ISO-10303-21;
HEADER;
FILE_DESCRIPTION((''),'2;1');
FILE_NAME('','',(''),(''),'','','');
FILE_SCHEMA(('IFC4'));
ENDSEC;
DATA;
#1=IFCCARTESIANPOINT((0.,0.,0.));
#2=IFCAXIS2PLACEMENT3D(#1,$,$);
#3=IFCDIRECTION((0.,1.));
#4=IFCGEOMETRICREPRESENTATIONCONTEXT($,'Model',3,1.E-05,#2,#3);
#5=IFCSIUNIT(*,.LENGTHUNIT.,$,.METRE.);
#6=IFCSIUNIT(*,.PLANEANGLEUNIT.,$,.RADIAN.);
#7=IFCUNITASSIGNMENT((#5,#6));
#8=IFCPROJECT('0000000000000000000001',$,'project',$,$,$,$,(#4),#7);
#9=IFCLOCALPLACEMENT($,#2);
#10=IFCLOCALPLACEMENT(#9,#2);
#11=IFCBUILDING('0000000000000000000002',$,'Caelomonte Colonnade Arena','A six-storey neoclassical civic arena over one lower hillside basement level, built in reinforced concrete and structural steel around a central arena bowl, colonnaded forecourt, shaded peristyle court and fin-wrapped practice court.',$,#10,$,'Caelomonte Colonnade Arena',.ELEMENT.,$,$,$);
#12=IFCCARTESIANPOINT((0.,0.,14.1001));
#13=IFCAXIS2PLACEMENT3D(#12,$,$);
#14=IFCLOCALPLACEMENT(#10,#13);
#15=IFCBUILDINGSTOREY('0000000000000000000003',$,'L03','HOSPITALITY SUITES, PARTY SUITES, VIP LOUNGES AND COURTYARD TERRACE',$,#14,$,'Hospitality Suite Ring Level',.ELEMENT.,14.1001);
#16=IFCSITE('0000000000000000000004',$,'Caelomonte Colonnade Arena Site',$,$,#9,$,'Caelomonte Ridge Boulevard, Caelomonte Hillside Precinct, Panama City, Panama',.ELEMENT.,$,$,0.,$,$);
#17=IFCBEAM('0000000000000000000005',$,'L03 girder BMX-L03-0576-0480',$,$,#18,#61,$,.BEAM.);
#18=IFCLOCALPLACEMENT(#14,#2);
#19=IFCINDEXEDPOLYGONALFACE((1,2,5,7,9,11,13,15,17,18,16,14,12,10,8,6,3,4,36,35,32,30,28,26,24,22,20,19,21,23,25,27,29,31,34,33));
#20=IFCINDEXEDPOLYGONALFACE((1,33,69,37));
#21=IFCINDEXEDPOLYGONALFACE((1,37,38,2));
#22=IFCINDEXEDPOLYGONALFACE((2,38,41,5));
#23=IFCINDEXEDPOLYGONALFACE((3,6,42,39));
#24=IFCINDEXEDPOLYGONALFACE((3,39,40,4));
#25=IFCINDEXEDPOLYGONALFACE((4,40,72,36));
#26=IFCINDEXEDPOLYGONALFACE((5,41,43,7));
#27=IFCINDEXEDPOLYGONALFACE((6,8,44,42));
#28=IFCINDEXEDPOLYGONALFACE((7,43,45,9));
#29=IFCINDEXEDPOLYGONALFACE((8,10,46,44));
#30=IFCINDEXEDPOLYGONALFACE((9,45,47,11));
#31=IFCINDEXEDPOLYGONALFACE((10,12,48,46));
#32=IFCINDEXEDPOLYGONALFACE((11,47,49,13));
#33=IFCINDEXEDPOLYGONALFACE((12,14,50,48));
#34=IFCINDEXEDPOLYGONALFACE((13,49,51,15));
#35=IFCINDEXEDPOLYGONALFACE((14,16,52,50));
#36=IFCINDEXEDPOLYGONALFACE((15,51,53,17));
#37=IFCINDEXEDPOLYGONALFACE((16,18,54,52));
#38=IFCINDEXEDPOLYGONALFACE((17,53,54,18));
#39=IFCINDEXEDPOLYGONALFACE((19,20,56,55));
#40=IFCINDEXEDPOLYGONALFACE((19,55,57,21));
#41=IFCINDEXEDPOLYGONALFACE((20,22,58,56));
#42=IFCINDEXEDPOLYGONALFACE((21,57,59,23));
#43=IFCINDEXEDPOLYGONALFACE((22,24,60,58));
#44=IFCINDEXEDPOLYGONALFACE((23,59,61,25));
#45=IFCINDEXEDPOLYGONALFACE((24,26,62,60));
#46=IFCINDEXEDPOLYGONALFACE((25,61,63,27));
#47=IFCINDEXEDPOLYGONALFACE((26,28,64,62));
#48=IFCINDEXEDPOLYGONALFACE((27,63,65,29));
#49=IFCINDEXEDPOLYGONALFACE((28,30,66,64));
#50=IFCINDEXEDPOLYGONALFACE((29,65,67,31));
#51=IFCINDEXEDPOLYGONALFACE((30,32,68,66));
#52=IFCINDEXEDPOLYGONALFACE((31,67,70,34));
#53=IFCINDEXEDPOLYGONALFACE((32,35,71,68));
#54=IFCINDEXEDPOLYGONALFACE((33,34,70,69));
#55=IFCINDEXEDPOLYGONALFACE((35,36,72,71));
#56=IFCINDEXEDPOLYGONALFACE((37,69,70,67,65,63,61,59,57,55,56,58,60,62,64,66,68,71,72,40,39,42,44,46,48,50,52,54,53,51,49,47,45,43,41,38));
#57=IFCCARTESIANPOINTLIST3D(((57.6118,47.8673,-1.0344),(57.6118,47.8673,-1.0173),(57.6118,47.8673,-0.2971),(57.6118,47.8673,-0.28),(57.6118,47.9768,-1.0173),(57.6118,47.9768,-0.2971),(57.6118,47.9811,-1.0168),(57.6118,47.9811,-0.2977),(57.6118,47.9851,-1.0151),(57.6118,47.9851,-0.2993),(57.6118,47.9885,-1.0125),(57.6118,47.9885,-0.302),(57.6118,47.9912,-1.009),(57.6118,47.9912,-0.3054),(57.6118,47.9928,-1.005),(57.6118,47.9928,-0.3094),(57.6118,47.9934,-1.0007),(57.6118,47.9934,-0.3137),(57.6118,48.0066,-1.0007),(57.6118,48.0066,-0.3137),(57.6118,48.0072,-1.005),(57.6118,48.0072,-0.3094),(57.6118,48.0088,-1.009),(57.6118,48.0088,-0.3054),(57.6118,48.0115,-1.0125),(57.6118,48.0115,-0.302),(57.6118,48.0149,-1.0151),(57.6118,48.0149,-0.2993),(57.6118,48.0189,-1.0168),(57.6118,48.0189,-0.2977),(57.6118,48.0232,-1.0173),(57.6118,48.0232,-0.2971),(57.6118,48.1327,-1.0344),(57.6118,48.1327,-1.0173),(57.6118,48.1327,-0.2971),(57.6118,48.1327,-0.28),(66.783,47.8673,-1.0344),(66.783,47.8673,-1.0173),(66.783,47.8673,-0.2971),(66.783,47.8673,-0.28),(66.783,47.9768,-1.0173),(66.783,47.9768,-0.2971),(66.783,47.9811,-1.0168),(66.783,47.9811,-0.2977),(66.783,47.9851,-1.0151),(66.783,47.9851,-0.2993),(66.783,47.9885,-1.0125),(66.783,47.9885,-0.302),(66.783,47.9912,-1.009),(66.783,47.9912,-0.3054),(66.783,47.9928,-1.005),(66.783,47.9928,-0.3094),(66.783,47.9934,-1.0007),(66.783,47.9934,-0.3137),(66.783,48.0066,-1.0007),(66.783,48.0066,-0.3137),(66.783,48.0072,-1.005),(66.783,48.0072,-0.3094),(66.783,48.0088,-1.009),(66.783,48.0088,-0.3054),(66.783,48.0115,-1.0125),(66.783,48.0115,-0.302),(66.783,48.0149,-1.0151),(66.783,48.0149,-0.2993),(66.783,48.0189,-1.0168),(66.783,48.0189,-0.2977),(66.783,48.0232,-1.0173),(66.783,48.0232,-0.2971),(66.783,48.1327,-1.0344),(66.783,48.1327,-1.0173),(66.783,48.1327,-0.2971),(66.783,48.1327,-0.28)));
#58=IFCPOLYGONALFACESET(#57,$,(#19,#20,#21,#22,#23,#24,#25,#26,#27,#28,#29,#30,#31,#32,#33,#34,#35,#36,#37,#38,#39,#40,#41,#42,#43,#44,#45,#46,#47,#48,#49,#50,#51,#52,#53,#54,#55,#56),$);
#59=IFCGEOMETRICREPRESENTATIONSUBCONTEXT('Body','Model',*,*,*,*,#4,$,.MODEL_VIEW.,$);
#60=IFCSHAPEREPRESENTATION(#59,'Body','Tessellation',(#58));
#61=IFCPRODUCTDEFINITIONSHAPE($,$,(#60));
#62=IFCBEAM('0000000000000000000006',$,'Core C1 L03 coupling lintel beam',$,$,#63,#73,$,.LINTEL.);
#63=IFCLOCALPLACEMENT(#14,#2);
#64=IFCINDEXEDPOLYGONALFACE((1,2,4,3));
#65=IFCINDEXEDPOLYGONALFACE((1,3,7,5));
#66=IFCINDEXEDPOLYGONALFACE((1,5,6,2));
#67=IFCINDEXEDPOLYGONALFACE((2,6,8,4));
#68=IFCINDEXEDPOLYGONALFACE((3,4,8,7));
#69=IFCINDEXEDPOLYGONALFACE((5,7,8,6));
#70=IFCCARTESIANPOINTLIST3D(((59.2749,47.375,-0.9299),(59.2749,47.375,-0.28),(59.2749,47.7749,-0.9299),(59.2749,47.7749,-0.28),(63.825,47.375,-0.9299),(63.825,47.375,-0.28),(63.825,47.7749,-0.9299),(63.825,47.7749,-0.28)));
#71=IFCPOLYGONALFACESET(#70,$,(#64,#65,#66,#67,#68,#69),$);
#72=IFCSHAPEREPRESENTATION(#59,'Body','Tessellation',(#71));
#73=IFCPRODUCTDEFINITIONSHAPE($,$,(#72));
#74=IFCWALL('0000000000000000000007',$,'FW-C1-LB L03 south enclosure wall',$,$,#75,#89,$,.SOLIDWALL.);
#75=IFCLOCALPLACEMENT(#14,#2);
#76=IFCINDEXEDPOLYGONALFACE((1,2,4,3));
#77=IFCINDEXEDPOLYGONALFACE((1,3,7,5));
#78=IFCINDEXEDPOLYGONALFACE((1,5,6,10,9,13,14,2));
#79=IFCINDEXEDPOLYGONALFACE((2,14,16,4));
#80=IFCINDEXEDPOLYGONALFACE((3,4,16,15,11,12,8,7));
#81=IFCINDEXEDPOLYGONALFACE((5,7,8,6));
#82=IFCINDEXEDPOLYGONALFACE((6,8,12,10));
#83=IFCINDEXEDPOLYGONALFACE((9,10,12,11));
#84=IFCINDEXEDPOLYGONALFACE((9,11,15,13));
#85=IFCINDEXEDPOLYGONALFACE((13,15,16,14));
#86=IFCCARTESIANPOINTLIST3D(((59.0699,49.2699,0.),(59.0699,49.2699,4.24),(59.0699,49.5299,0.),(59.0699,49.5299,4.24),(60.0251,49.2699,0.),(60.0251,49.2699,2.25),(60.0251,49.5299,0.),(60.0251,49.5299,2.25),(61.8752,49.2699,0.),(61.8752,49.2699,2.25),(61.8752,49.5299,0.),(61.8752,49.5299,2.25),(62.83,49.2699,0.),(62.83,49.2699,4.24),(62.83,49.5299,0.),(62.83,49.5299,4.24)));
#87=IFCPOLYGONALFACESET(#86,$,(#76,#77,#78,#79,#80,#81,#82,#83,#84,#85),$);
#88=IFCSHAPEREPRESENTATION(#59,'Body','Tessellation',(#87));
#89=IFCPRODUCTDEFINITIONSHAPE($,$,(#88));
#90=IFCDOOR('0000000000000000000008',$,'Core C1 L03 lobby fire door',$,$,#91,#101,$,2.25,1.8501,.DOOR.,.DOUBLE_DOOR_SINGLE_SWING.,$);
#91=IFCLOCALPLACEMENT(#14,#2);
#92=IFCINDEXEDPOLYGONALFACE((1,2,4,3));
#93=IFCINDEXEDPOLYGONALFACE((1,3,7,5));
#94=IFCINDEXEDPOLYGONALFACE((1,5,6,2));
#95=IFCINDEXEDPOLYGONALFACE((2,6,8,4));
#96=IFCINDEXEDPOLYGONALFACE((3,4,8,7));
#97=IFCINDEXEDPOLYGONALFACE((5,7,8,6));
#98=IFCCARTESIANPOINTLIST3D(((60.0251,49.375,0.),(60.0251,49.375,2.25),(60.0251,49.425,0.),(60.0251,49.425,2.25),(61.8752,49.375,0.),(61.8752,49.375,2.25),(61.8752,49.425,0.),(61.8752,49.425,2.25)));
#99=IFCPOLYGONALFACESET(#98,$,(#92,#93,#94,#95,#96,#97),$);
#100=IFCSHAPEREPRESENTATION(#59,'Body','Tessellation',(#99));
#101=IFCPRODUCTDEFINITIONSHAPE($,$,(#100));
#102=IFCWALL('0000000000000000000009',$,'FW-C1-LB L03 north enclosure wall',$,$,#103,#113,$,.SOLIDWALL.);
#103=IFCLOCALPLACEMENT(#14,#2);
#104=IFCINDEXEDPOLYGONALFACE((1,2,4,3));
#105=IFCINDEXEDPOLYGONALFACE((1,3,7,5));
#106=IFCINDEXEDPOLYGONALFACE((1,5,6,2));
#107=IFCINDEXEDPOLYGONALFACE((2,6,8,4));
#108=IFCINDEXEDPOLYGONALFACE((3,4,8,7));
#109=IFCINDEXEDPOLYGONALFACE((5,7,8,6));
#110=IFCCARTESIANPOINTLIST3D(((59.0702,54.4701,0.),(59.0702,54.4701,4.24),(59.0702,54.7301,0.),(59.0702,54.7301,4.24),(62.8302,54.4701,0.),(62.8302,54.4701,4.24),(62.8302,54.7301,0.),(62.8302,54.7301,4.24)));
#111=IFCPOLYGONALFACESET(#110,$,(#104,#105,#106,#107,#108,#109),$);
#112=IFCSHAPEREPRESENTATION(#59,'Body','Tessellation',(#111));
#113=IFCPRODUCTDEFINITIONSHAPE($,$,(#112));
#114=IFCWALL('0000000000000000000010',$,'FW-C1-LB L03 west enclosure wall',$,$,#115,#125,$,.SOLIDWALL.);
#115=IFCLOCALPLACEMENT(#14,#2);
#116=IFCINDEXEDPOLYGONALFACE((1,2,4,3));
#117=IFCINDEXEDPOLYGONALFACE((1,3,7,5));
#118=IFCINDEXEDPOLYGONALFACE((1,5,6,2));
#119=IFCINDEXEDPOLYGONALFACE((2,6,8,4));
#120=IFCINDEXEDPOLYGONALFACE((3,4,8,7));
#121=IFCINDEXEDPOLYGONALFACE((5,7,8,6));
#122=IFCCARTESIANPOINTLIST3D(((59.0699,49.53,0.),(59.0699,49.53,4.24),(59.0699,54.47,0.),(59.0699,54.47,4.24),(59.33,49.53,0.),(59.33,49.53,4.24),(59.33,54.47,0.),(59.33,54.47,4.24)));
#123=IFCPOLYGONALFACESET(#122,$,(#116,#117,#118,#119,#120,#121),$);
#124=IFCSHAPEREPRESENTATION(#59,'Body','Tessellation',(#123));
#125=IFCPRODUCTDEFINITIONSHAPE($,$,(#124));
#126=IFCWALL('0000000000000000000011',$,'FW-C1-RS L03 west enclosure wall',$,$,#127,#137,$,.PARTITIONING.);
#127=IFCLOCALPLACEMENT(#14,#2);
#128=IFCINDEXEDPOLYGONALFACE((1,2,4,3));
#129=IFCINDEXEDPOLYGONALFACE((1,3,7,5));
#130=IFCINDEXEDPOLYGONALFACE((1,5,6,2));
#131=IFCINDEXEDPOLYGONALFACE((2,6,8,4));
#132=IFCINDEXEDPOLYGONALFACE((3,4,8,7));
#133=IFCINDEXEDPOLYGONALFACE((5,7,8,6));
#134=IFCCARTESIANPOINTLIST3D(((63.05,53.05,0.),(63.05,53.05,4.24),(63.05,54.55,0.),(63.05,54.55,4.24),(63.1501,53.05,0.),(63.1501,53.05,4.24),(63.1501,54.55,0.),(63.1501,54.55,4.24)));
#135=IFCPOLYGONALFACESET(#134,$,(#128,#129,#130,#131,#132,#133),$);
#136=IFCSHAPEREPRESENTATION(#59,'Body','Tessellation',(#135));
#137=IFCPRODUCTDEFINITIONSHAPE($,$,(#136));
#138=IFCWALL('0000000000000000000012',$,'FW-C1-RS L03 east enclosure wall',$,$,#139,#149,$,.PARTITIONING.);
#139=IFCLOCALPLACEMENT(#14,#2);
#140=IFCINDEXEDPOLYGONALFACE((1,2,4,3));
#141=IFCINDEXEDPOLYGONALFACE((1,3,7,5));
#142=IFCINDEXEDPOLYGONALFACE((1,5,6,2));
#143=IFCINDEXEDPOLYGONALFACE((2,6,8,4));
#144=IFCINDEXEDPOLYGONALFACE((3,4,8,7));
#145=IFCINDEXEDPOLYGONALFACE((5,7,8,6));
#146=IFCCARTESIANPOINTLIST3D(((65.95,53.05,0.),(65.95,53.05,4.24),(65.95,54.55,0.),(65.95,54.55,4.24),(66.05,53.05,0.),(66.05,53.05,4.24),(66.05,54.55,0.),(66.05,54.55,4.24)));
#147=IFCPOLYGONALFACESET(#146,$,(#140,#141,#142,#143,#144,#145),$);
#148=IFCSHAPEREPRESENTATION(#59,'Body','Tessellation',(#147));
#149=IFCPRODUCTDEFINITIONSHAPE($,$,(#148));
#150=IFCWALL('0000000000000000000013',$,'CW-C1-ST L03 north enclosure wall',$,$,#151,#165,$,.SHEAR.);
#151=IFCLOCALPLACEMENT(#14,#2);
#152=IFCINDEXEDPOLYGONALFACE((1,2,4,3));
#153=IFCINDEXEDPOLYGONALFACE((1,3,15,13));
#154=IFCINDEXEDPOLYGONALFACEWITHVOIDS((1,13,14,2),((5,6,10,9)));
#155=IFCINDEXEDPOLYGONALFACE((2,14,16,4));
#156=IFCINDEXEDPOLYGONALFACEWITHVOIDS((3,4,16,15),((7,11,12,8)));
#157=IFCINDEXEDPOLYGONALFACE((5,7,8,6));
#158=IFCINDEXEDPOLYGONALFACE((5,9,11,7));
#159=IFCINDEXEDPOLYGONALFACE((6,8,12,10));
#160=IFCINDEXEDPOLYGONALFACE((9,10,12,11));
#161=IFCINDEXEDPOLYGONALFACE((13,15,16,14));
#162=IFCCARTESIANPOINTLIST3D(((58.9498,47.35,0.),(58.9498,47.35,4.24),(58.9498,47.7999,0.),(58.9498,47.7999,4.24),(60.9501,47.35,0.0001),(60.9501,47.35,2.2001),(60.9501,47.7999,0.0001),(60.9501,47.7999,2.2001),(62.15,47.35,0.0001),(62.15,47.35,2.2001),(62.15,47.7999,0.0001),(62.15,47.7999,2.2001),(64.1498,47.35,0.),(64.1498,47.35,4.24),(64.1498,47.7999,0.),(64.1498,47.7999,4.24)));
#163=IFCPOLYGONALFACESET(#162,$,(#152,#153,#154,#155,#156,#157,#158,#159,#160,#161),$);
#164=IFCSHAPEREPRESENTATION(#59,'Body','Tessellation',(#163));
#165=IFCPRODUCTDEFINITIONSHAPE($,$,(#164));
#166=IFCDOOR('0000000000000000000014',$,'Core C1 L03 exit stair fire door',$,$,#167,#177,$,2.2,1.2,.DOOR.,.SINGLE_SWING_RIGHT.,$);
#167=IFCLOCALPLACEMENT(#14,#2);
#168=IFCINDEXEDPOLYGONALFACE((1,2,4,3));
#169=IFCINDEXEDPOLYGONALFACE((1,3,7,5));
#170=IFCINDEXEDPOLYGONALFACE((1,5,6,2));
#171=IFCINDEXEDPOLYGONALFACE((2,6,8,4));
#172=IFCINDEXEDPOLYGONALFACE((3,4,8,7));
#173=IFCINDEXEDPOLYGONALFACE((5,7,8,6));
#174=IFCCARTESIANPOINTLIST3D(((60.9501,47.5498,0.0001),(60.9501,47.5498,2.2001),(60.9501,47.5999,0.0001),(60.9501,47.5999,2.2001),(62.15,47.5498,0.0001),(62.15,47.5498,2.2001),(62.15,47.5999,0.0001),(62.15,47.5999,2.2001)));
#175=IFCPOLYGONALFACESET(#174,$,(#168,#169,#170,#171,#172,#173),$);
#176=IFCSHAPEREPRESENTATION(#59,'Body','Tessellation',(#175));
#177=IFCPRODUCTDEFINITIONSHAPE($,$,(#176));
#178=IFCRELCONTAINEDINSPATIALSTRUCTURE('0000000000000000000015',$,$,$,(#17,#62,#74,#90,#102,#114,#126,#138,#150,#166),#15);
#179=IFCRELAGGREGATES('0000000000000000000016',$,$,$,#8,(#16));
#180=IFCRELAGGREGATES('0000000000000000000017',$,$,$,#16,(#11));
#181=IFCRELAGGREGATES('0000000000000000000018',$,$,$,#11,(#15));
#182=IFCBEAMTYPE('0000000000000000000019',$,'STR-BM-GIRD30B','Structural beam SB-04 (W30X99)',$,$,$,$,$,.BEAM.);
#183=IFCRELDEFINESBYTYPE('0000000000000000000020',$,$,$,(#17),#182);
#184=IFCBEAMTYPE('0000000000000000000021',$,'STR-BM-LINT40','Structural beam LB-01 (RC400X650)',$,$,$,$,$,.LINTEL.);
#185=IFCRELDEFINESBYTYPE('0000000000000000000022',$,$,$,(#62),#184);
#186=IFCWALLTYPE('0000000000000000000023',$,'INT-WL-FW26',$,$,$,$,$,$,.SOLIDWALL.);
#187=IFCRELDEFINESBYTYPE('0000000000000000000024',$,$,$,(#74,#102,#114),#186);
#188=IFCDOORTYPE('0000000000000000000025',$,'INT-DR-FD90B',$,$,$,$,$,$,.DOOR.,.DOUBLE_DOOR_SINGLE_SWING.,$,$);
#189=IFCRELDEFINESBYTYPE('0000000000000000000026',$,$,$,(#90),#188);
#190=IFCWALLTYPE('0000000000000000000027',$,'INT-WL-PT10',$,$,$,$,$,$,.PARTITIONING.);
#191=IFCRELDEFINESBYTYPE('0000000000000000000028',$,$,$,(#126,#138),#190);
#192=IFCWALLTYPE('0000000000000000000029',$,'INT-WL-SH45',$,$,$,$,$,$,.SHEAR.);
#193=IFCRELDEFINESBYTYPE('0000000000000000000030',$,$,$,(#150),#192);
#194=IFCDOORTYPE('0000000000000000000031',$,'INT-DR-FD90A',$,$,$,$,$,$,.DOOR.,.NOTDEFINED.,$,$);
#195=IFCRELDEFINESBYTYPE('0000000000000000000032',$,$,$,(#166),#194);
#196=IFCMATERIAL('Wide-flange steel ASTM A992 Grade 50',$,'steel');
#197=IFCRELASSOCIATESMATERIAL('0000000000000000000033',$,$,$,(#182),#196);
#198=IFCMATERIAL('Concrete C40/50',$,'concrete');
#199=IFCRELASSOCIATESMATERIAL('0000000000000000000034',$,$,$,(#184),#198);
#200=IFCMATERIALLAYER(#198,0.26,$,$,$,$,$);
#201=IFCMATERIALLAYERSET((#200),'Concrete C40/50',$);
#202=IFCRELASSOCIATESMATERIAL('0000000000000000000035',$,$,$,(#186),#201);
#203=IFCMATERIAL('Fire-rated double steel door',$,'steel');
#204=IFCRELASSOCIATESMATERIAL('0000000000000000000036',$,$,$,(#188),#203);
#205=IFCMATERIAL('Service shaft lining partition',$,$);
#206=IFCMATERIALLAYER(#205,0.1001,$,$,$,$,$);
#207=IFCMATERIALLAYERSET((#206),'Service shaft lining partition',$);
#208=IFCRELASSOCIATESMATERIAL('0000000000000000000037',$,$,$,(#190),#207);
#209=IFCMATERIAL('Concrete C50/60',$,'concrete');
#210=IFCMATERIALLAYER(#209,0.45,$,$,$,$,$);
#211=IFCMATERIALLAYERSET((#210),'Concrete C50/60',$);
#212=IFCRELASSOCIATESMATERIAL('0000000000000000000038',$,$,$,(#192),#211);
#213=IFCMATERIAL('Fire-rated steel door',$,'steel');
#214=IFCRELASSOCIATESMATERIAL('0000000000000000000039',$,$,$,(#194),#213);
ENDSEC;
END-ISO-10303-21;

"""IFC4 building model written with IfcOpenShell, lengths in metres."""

from ifc_helpers import new_model, si_unit, direction, frame, frame_2d, origin, origin_2d, place, context, subcontext, project, spatial, rectangle, i_section, extrude, material, layer, layer_set, material_profile, profile_set, type_object, element, fill, save


model = new_model("IFC4")

# Units and contexts
model_context = context("Model", 3, precision=1e-05, world=origin(), true_north=direction((0.0, 1.0)))
body_context = subcontext(model_context, "Body", "Model", "MODEL_VIEW")
ifc_project = project(units=[si_unit("LENGTHUNIT", "METRE"), si_unit("PLANEANGLEUNIT", "RADIAN")], contexts=[model_context])

# Site, building, storey
site_placement = place(None, origin())
site = spatial("IfcSite", under=ifc_project, at=site_placement, Name="Caelomonte Colonnade Arena Site", LongName="Caelomonte Ridge Boulevard, Caelomonte Hillside Precinct, Panama City, Panama", CompositionType="ELEMENT", RefElevation=0.0)
building_placement = place(site_placement, origin())
building = spatial("IfcBuilding", under=site, at=building_placement, Name="Caelomonte Colonnade Arena", Description="A six-storey neoclassical civic arena over one lower hillside basement level, built in reinforced concrete and structural steel around a central arena bowl, colonnaded forecourt, shaded peristyle court and fin-wrapped practice court.", LongName="Caelomonte Colonnade Arena", CompositionType="ELEMENT")
storey_placement = place(building_placement, frame((0.0, 0.0, 14.1001)))
storey = spatial("IfcBuildingStorey", under=building, at=storey_placement, Name="L03", Description="HOSPITALITY SUITES, PARTY SUITES, VIP LOUNGES AND COURTYARD TERRACE", LongName="Hospitality Suite Ring Level", CompositionType="ELEMENT", Elevation=14.1001)

# Shared definitions
ifc_material_1 = material(Name="Concrete C40/50", Category="concrete")
ifc_material_2 = material(Name="Wide-flange steel ASTM A992 Grade 50", Category="steel")

# Beams
ifc_material_profile_1 = material_profile(ifc_material_2, i_section(OverallWidth=0.2654, OverallDepth=0.7544, WebThickness=0.0132, FlangeThickness=0.0171, FilletRadius=0.0166, at=origin_2d()), Name="W30X99")
ifc_profile_set_1 = profile_set([ifc_material_profile_1], Name="Wide-flange steel ASTM A992 Grade 50")
beam_type_1 = type_object("IfcBeamType", Name="STR-BM-GIRD30B", Description="Structural beam SB-04 (W30X99)", PredefinedType="BEAM", material=ifc_profile_set_1)
beam_1_placement = place(storey_placement, frame((57.6118, 48.0, -0.6572), z_axis=(1.0, 0.0, 0.0), x_axis=(0.0, 1.0, 0.0)))
element("IfcBeam", 1, at=beam_1_placement, inside=storey, type_object=beam_type_1, Name="L03 girder BMX-L03-0576-0480", PredefinedType="BEAM", context=body_context, shape_type="SweptSolid", body=[
    extrude(i_section(OverallWidth=0.2654, OverallDepth=0.7544, WebThickness=0.0132, FlangeThickness=0.0171, FilletRadius=0.0166, at=origin_2d()), origin(), (0.0, 0.0, 1.0), 9.1711),
])
ifc_material_profile_2 = material_profile(ifc_material_1, rectangle(XDim=0.3999, YDim=0.6499, at=origin_2d()), Name="RC400X650")
ifc_profile_set_2 = profile_set([ifc_material_profile_2], Name="Concrete C40/50")
beam_type_2 = type_object("IfcBeamType", Name="STR-BM-LINT40", Description="Structural beam LB-01 (RC400X650)", PredefinedType="LINTEL", material=ifc_profile_set_2)
beam_2_placement = place(storey_placement, frame((59.2749, 47.575, -0.605), z_axis=(1.0, 0.0, 0.0), x_axis=(0.0, 1.0, 0.0)))
element("IfcBeam", 2, at=beam_2_placement, inside=storey, type_object=beam_type_2, Name="Core C1 L03 coupling lintel beam", PredefinedType="LINTEL", context=body_context, shape_type="SweptSolid", body=[
    extrude(rectangle(XDim=0.3999, YDim=0.6499, at=origin_2d()), origin(), (0.0, 0.0, 1.0), 4.55),
])

# Wall, opening, door
ifc_layer_1 = layer(ifc_material_1, 0.26)
ifc_layer_set_1 = layer_set([ifc_layer_1], Name="Concrete C40/50")
wall_type_1 = type_object("IfcWallType", Name="INT-WL-FW26", PredefinedType="SOLIDWALL", material=ifc_layer_set_1)
wall_1_placement = place(storey_placement, frame((59.0701, 49.3999, 0.0), z_axis=(0.0, 0.0, 1.0), x_axis=(1.0, 0.0, 0.0)))
wall_1 = element("IfcWall", 3, at=wall_1_placement, inside=storey, type_object=wall_type_1, Name="FW-C1-LB L03 south enclosure wall", PredefinedType="SOLIDWALL", context=body_context, shape_type="SweptSolid", body=[
    extrude(rectangle(XDim=3.76, YDim=0.26, at=frame_2d((1.8799, 0.0))), origin(), (0.0, 0.0, 1.0), 4.24),
])
opening_1_placement = place(wall_1_placement, frame((2.8052, 0.0, 0.0), z_axis=(0.0, 0.0, 1.0), x_axis=(-1.0, 0.0, 0.0)))
opening_1 = element("IfcOpeningElement", 4, at=opening_1_placement, cuts=wall_1, PredefinedType="OPENING", context=body_context, shape_type="SweptSolid", body=[
    extrude(rectangle(XDim=1.8501, YDim=2.25, at=frame_2d((0.925, 1.125))), frame((0.0, 0.1399, 0.0), z_axis=(0.0, -1.0, 0.0), x_axis=(1.0, 0.0, 0.0)), (0.0, 0.0, 1.0), 0.28),
])
ifc_material_3 = material(Name="Fire-rated double steel door", Category="steel")
door_type_1 = type_object("IfcDoorType", Name="INT-DR-FD90B", OperationType="DOUBLE_DOOR_SINGLE_SWING", PredefinedType="DOOR", material=ifc_material_3)
door_1_placement = place(opening_1_placement, origin())
door_1 = element("IfcDoor", 5, at=door_1_placement, inside=storey, type_object=door_type_1, Name="Core C1 L03 lobby fire door", OperationType="DOUBLE_DOOR_SINGLE_SWING", OverallHeight=2.25, OverallWidth=1.8501, PredefinedType="DOOR", context=body_context, shape_type="SweptSolid", body=[
    extrude(rectangle(XDim=1.8501, YDim=2.25, at=frame_2d((0.925, 1.125))), frame((0.0, 0.0249, 0.0), z_axis=(0.0, -1.0, 0.0), x_axis=(1.0, 0.0, 0.0)), (0.0, 0.0, 1.0), 0.05),
])
fill(opening_1, door_1)

# Walls
wall_2_placement = place(storey_placement, frame((62.8301, 54.6001, 0.0), z_axis=(0.0, 0.0, 1.0), x_axis=(-1.0, 0.0, 0.0)))
element("IfcWall", 6, at=wall_2_placement, inside=storey, type_object=wall_type_1, Name="FW-C1-LB L03 north enclosure wall", PredefinedType="SOLIDWALL", context=body_context, shape_type="SweptSolid", body=[
    extrude(rectangle(XDim=3.76, YDim=0.26, at=frame_2d((1.8799, 0.0))), origin(), (0.0, 0.0, 1.0), 4.24),
])
wall_3_placement = place(storey_placement, frame((59.2, 54.47, 0.0), z_axis=(0.0, 0.0, 1.0), x_axis=(0.0, -1.0, 0.0)))
element("IfcWall", 7, at=wall_3_placement, inside=storey, type_object=wall_type_1, Name="FW-C1-LB L03 west enclosure wall", PredefinedType="SOLIDWALL", context=body_context, shape_type="SweptSolid", body=[
    extrude(rectangle(XDim=4.9399, YDim=0.26, at=frame_2d((2.47, 0.0))), origin(), (0.0, 0.0, 1.0), 4.24),
])
ifc_material_4 = material(Name="Service shaft lining partition")
ifc_layer_2 = layer(ifc_material_4, 0.1001)
ifc_layer_set_2 = layer_set([ifc_layer_2], Name="Service shaft lining partition")
wall_type_2 = type_object("IfcWallType", Name="INT-WL-PT10", PredefinedType="PARTITIONING", material=ifc_layer_set_2)
for number, where, z_axis, x_axis, name in (
    (8, (63.1001, 54.55, 0.0), (0.0, 0.0, 1.0), (0.0, -1.0, 0.0), "FW-C1-RS L03 west enclosure wall"),
    (9, (66.0, 53.05, 0.0), (0.0, 0.0, 1.0), (0.0, 1.0, 0.0), "FW-C1-RS L03 east enclosure wall"),
):
    element("IfcWall", number, at=place(storey_placement, frame(where, z_axis=z_axis, x_axis=x_axis)), inside=storey, type_object=wall_type_2, Name=name, PredefinedType="PARTITIONING", context=body_context, shape_type="SweptSolid", body=[
        extrude(rectangle(XDim=1.5, YDim=0.1001, at=frame_2d((0.75, 0.0))), origin(), (0.0, 0.0, 1.0), 4.24),
    ])

# Wall, opening, door
ifc_material_5 = material(Name="Concrete C50/60", Category="concrete")
ifc_layer_3 = layer(ifc_material_5, 0.45)
ifc_layer_set_3 = layer_set([ifc_layer_3], Name="Concrete C50/60")
wall_type_3 = type_object("IfcWallType", Name="INT-WL-SH45", PredefinedType="SHEAR", material=ifc_layer_set_3)
wall_4_placement = place(storey_placement, frame((64.1499, 47.575, 0.0), z_axis=(0.0, 0.0, 1.0), x_axis=(-1.0, 0.0, 0.0)))
wall_4 = element("IfcWall", 10, at=wall_4_placement, inside=storey, type_object=wall_type_3, Name="CW-C1-ST L03 north enclosure wall", PredefinedType="SHEAR", context=body_context, shape_type="SweptSolid", body=[
    extrude(rectangle(XDim=5.2, YDim=0.45, at=frame_2d((2.6001, 0.0))), origin(), (0.0, 0.0, 1.0), 4.24),
])
opening_2_placement = place(wall_4_placement, frame((3.2, 0.0, 0.0), z_axis=(0.0, 0.0, 1.0), x_axis=(-1.0, 0.0, 0.0)))
opening_2 = element("IfcOpeningElement", 11, at=opening_2_placement, cuts=wall_4, PredefinedType="OPENING", context=body_context, shape_type="SweptSolid", body=[
    extrude(rectangle(XDim=1.2, YDim=2.2, at=frame_2d((0.6001, 1.1001))), frame((0.0, 0.2349, 0.0), z_axis=(0.0, -1.0, 0.0), x_axis=(1.0, 0.0, 0.0)), (0.0, 0.0, 1.0), 0.47),
])
ifc_material_6 = material(Name="Fire-rated steel door", Category="steel")
door_type_2 = type_object("IfcDoorType", Name="INT-DR-FD90A", OperationType="NOTDEFINED", PredefinedType="DOOR", material=ifc_material_6)
door_2_placement = place(opening_2_placement, origin())
door_2 = element("IfcDoor", 12, at=door_2_placement, inside=storey, type_object=door_type_2, Name="Core C1 L03 exit stair fire door", OperationType="SINGLE_SWING_RIGHT", OverallHeight=2.2, OverallWidth=1.2, PredefinedType="DOOR", context=body_context, shape_type="SweptSolid", body=[
    extrude(rectangle(XDim=1.2, YDim=2.2, at=frame_2d((0.6001, 1.1001))), frame((0.0, 0.0249, 0.0), z_axis=(0.0, -1.0, 0.0), x_axis=(1.0, 0.0, 0.0)), (0.0, 0.0, 1.0), 0.05),
])
fill(opening_2, door_2)

save(model, "model.ifc")
